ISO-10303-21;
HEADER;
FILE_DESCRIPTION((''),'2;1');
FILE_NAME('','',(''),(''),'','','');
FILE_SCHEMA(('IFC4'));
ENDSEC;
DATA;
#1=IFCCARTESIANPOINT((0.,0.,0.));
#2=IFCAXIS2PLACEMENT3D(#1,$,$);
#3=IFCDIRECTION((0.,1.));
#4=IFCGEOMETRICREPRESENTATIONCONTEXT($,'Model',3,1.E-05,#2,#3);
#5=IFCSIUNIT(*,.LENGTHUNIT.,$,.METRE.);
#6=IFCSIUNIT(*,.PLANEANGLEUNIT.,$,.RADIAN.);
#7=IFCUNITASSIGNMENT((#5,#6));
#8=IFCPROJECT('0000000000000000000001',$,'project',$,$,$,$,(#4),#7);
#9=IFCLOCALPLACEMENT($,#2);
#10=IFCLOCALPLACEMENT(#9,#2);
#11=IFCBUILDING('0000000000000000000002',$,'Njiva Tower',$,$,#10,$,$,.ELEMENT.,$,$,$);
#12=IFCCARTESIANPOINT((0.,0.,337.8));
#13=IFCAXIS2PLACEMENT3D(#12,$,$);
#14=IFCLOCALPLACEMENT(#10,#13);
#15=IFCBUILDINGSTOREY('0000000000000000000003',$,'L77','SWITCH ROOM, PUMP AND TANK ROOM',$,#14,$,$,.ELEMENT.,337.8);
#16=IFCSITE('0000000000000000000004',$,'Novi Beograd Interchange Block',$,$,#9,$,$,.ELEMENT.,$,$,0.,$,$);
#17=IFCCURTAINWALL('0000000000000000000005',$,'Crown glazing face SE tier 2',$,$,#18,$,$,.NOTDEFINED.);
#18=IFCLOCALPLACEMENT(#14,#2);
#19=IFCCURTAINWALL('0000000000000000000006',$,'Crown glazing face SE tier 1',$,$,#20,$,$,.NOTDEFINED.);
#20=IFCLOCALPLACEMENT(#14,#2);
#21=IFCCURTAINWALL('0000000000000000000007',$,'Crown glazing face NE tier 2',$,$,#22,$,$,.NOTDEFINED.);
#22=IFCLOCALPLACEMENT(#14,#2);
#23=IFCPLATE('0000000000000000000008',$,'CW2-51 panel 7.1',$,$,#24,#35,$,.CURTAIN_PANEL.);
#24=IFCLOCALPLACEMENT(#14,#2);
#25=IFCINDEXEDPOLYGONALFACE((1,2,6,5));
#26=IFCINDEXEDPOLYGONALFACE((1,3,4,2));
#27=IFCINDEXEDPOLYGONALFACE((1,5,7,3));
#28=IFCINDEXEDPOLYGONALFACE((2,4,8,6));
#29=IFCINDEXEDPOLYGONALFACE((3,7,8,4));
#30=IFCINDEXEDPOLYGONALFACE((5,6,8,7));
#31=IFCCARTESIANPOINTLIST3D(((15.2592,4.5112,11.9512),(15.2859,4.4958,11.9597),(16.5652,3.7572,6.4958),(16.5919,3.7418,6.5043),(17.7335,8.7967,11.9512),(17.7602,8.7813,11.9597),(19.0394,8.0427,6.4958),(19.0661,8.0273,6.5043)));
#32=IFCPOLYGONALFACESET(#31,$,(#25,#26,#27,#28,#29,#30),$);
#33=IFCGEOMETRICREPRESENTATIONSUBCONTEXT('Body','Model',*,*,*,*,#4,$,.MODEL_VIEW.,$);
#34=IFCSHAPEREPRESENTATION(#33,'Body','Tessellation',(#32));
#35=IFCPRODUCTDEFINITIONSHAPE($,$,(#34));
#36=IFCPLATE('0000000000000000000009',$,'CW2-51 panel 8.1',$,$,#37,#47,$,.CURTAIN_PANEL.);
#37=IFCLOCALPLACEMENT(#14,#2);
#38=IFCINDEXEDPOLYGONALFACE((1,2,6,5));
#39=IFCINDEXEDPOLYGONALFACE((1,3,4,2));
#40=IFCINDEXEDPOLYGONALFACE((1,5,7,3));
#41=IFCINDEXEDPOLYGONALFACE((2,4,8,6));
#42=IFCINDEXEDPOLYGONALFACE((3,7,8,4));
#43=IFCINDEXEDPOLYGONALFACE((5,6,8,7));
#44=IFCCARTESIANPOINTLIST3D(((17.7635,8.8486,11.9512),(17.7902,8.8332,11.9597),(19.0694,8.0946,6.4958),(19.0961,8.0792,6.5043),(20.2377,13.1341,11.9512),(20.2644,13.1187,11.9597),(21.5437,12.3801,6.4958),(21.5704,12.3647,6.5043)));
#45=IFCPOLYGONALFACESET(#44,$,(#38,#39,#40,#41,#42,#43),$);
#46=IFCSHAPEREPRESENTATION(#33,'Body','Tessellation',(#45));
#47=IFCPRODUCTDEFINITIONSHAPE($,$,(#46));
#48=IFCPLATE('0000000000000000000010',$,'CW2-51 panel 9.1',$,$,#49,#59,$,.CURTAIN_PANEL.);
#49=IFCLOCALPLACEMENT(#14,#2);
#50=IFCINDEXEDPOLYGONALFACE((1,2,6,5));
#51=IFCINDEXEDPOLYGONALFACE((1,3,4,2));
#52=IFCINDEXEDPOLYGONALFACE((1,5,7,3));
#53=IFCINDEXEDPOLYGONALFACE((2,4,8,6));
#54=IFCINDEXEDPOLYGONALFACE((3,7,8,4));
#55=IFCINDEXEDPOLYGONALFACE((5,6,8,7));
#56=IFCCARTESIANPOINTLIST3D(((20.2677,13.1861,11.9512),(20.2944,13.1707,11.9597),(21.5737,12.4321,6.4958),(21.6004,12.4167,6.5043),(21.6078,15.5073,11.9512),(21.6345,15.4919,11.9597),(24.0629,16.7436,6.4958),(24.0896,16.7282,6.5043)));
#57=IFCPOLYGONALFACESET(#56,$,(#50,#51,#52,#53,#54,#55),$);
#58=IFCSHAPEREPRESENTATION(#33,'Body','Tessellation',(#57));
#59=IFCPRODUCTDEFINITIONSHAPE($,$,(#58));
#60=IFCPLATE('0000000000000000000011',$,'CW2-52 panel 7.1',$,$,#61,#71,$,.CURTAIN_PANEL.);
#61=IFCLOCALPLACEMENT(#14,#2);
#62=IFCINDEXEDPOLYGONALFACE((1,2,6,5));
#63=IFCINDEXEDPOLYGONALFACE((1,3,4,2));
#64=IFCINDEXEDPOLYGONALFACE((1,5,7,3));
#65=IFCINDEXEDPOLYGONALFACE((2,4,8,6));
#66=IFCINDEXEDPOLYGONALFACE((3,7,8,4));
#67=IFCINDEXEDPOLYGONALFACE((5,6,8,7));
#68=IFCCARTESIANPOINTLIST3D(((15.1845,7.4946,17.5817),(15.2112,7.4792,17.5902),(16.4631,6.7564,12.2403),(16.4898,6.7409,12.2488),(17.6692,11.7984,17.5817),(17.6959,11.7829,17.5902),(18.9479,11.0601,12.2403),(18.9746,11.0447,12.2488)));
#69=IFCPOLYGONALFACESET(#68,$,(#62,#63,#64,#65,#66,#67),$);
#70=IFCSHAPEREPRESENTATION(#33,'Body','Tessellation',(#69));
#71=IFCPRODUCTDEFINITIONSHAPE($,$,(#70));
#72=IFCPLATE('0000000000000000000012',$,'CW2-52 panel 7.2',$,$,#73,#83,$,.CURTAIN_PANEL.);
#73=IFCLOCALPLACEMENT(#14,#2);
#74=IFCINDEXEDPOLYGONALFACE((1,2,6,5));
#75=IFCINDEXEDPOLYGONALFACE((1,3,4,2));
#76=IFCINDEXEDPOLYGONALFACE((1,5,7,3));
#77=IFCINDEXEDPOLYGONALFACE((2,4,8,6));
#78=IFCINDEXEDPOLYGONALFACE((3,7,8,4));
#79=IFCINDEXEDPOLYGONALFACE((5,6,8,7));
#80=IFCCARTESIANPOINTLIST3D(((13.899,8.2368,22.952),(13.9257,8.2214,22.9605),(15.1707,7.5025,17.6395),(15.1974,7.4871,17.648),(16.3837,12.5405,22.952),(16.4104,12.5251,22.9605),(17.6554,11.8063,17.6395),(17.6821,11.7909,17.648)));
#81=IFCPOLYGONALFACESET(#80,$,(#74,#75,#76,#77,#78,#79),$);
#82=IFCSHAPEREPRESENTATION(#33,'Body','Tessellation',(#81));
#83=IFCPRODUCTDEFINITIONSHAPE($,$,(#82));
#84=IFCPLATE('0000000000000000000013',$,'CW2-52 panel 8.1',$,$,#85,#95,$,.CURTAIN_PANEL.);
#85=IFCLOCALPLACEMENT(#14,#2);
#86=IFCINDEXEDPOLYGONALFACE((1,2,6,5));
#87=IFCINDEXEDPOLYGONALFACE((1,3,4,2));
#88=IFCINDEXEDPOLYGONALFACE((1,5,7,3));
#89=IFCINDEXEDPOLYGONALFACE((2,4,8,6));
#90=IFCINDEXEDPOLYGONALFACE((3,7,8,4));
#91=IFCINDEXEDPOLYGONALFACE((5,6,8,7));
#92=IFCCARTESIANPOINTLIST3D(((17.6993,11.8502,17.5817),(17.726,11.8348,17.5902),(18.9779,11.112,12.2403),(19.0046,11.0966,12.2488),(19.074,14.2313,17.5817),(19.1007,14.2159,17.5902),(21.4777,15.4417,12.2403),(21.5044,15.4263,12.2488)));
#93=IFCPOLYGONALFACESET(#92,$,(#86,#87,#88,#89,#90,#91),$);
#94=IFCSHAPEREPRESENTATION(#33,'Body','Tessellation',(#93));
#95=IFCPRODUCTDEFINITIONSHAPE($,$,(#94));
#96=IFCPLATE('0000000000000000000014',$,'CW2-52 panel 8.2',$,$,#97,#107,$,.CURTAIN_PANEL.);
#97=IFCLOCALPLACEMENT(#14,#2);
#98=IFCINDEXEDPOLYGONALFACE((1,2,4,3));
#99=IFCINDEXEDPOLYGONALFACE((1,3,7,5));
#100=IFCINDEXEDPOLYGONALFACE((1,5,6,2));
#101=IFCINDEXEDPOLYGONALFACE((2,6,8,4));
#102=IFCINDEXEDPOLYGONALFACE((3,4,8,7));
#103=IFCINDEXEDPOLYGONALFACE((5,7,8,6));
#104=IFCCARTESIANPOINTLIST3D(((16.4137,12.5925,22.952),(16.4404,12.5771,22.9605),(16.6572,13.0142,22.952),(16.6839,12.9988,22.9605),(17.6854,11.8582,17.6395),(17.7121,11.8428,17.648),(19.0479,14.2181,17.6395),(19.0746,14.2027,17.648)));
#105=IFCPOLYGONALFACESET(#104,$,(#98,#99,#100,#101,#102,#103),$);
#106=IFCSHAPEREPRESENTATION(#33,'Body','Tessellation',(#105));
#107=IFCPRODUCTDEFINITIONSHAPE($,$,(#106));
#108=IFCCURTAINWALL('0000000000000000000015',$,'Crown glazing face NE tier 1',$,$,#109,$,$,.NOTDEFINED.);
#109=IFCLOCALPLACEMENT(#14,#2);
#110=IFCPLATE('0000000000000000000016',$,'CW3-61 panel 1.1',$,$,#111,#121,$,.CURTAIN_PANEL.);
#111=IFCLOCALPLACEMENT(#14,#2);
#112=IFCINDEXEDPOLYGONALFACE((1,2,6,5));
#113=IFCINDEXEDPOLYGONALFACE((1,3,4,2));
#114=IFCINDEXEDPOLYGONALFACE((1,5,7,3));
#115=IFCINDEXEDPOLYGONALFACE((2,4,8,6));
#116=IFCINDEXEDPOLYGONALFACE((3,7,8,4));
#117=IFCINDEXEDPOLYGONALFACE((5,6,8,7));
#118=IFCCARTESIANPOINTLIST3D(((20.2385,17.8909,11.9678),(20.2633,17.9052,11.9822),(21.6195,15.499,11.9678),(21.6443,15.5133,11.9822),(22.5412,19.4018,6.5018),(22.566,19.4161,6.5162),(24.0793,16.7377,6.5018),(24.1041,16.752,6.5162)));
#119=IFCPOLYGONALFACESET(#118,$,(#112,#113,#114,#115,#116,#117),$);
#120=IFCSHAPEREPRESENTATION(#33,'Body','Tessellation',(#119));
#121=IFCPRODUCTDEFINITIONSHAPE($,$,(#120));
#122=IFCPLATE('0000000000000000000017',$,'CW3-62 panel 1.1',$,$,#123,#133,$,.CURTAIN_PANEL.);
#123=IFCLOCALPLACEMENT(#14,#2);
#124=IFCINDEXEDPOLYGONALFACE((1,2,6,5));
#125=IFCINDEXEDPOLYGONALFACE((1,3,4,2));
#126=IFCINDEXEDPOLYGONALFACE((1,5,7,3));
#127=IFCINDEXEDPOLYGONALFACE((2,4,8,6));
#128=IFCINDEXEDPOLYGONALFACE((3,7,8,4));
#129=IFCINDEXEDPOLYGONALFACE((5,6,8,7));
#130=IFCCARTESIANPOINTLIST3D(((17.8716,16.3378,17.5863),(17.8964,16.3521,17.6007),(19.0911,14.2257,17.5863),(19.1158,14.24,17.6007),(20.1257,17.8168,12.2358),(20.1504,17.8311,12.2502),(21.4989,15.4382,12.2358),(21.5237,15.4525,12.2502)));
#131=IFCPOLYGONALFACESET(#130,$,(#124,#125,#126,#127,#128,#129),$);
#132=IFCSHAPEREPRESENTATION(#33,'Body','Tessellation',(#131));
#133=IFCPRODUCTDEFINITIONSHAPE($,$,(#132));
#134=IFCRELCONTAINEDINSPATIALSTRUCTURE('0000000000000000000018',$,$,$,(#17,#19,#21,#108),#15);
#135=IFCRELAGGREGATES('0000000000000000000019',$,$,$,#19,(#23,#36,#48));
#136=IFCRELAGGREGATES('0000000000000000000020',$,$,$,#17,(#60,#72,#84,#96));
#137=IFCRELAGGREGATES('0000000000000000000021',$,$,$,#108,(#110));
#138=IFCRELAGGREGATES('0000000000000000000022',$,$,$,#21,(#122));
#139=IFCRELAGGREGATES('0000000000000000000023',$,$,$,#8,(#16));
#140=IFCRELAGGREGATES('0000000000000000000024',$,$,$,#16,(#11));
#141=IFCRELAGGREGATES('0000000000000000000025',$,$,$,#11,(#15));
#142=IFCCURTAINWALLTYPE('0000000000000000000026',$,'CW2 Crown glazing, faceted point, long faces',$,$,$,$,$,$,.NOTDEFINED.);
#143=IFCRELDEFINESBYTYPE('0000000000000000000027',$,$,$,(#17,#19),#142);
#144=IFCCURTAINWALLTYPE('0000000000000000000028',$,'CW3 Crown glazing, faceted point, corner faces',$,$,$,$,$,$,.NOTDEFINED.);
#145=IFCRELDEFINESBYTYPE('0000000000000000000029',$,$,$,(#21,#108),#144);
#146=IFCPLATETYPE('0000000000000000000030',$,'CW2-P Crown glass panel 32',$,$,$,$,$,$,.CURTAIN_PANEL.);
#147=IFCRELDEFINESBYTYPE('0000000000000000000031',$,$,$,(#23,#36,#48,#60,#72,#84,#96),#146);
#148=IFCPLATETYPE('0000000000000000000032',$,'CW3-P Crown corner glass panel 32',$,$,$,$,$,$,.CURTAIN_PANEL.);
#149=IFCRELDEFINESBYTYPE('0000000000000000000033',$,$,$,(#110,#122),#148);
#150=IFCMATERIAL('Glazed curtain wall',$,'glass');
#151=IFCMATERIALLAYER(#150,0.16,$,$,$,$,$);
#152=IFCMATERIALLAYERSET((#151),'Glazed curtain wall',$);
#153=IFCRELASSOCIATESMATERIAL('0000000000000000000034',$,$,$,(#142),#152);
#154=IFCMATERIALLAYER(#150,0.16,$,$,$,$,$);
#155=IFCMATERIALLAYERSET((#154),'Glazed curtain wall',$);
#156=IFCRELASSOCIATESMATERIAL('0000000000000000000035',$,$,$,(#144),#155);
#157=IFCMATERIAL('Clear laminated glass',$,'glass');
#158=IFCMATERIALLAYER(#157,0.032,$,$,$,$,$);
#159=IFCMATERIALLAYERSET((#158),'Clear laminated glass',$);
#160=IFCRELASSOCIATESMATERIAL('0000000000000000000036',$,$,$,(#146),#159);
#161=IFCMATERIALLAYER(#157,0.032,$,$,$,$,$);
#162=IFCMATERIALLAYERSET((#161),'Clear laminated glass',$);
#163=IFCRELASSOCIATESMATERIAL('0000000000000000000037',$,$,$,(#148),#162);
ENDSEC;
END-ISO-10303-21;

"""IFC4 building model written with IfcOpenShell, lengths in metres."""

from ifc_helpers import new_model, si_unit, direction, frame, origin, place, context, subcontext, project, spatial, polyline, outline, extrude, material, layer, layer_set, type_object, element, aggregate, save


model = new_model("IFC4")

# Units and contexts
model_context = context("Model", 3, precision=1e-05, world=origin(), true_north=direction((0.0, 1.0)))
body_context = subcontext(model_context, "Body", "Model", "MODEL_VIEW")
ifc_project = project(units=[si_unit("LENGTHUNIT", "METRE"), si_unit("PLANEANGLEUNIT", "RADIAN")], contexts=[model_context])

# Site, building, storey
site_placement = place(None, origin())
site = spatial("IfcSite", under=ifc_project, at=site_placement, Name="Novi Beograd Interchange Block", CompositionType="ELEMENT", RefElevation=0.0)
building_placement = place(site_placement, origin())
building = spatial("IfcBuilding", under=site, at=building_placement, Name="Njiva Tower", CompositionType="ELEMENT")
storey_placement = place(building_placement, frame((0.0, 0.0, 337.8)))
storey = spatial("IfcBuildingStorey", under=building, at=storey_placement, Name="L77", Description="SWITCH ROOM, PUMP AND TANK ROOM", CompositionType="ELEMENT", Elevation=337.8)

# Curtain wall
ifc_material_1 = material(Name="Glazed curtain wall", Category="glass")
ifc_layer_1 = layer(ifc_material_1, 0.16)
ifc_layer_set_1 = layer_set([ifc_layer_1], Name="Glazed curtain wall")
curtain_wall_type_1 = type_object("IfcCurtainWallType", Name="CW2 Crown glazing, faceted point, long faces", PredefinedType="NOTDEFINED", material=ifc_layer_set_1)
curtain_wall_1_placement = place(storey_placement, origin())
curtain_wall_1 = element("IfcCurtainWall", 1, at=curtain_wall_1_placement, inside=storey, type_object=curtain_wall_type_1, Name="Crown glazing face SE tier 2", PredefinedType="NOTDEFINED")

# Curtain wall
curtain_wall_2_placement = place(storey_placement, origin())
curtain_wall_2 = element("IfcCurtainWall", 2, at=curtain_wall_2_placement, inside=storey, type_object=curtain_wall_type_1, Name="Crown glazing face SE tier 1", PredefinedType="NOTDEFINED")

# Curtain wall
ifc_layer_2 = layer(ifc_material_1, 0.16)
ifc_layer_set_2 = layer_set([ifc_layer_2], Name="Glazed curtain wall")
curtain_wall_type_2 = type_object("IfcCurtainWallType", Name="CW3 Crown glazing, faceted point, corner faces", PredefinedType="NOTDEFINED", material=ifc_layer_set_2)
curtain_wall_3_placement = place(storey_placement, origin())
curtain_wall_3 = element("IfcCurtainWall", 3, at=curtain_wall_3_placement, inside=storey, type_object=curtain_wall_type_2, Name="Crown glazing face NE tier 2", PredefinedType="NOTDEFINED")

# Plates
ifc_material_2 = material(Name="Clear laminated glass", Category="glass")
ifc_layer_3 = layer(ifc_material_2, 0.032)
ifc_layer_set_3 = layer_set([ifc_layer_3], Name="Clear laminated glass")
plate_type_1 = type_object("IfcPlateType", Name="CW2-P Crown glass panel 32", PredefinedType="CURTAIN_PANEL", material=ifc_layer_set_3)
plate_1_placement = place(storey_placement, frame((19.0661, 8.0273, 6.5043), z_axis=(0.834721, -0.481929, 0.266429), x_axis=(-0.230732, 0.13322, 0.963854)))
plate_1 = element("IfcPlate", 4, at=plate_1_placement, type_object=plate_type_1, Name="CW2-51 panel 7.1", PredefinedType="CURTAIN_PANEL", context=body_context, shape_type="SweptSolid", body=[
    extrude(outline(polyline([(0.0, 0.0), (5.66, 0.0), (5.66, 4.9485), (0.0, 4.9485), (0.0, 0.0)])), origin(), (0.0, 0.0, -1.0), 0.032),
])
plate_2_placement = place(storey_placement, frame((21.5704, 12.3647, 6.5043), z_axis=(0.834721, -0.481929, 0.266429), x_axis=(-0.230736, 0.133212, 0.963854)))
plate_2 = element("IfcPlate", 5, at=plate_2_placement, type_object=plate_type_1, Name="CW2-51 panel 8.1", PredefinedType="CURTAIN_PANEL", context=body_context, shape_type="SweptSolid", body=[
    extrude(outline(polyline([(0.0, 0.0), (5.66, 0.0), (5.66, 4.9485), (0.0, 4.9485), (0.0, 0.0)])), origin(), (0.0, 0.0, -1.0), 0.032),
])
plate_3_placement = place(storey_placement, frame((20.2944, 13.1707, 11.9597), z_axis=(0.834725, -0.481917, 0.266438), x_axis=(0.230744, -0.133217, -0.963852)))
plate_3 = element("IfcPlate", 6, at=plate_3_placement, type_object=plate_type_1, Name="CW2-51 panel 9.1", PredefinedType="CURTAIN_PANEL", context=body_context, shape_type="SweptSolid", body=[
    extrude(outline(polyline([(0.0, 0.0), (5.66, 0.0), (5.66, 4.9785), (0.0, 2.6803), (0.0, 0.0)])), origin(), (0.0, 0.0, -1.0), 0.032),
])
aggregate(curtain_wall_2, [plate_1, plate_2, plate_3])
plate_4_placement = place(storey_placement, frame((18.9746, 11.0447, 12.2488), z_axis=(0.834724, -0.481924, 0.266428), x_axis=(-0.230734, 0.133214, 0.963855)))
plate_4 = element("IfcPlate", 7, at=plate_4_placement, type_object=plate_type_1, Name="CW2-52 panel 7.1", PredefinedType="CURTAIN_PANEL", context=body_context, shape_type="SweptSolid", body=[
    extrude(outline(polyline([(0.0, 0.0), (5.5417, 0.0), (5.5417, 4.9695), (0.0, 4.9696), (0.0, 0.0)])), origin(), (0.0, 0.0, -1.0), 0.032),
])
plate_5_placement = place(storey_placement, frame((17.6821, 11.7909, 17.648), z_axis=(0.83473, -0.481918, 0.266423), x_axis=(-0.230731, 0.133209, 0.963856)))
plate_5 = element("IfcPlate", 8, at=plate_5_placement, type_object=plate_type_1, Name="CW2-52 panel 7.2", PredefinedType="CURTAIN_PANEL", context=body_context, shape_type="SweptSolid", body=[
    extrude(outline(polyline([(0.0, 0.0), (5.5117, 0.0), (5.5117, 4.9695), (0.0, 4.9696), (0.0, 0.0)])), origin(), (0.0, 0.0, -1.0), 0.032),
])
plate_6_placement = place(storey_placement, frame((19.1007, 14.2159, 17.5902), z_axis=(0.834723, -0.48193, 0.266422), x_axis=(-0.500001, -0.866025, -0.000003)))
plate_6 = element("IfcPlate", 9, at=plate_6_placement, type_object=plate_type_1, Name="CW2-52 panel 8.1", PredefinedType="CURTAIN_PANEL", context=body_context, shape_type="SweptSolid", body=[
    extrude(outline(polyline([(0.0, 0.0), (2.7494, 0.0), (2.7495, 5.5417), (-2.2501, 5.5417), (0.0, 0.0)])), origin(), (0.0, 0.0, -1.0), 0.032),
])
plate_7_placement = place(storey_placement, frame((16.6839, 12.9988, 22.9605), z_axis=(0.834718, -0.481938, 0.266424), x_axis=(-0.500013, -0.866018, 0.000011)))
plate_7 = element("IfcPlate", 10, at=plate_7_placement, type_object=plate_type_1, Name="CW2-52 panel 8.2", PredefinedType="CURTAIN_PANEL", context=body_context, shape_type="SweptSolid", body=[
    extrude(outline(polyline([(0.0, 0.0), (0.487, 0.0), (0.4869, 5.5117), (-2.238, 5.5117), (0.0, 0.0)])), origin(), (0.0, 0.0, -1.0), 0.032),
])
aggregate(curtain_wall_1, [plate_4, plate_5, plate_6, plate_7])

# Curtain wall, plate
curtain_wall_4_placement = place(storey_placement, origin())
curtain_wall_4 = element("IfcCurtainWall", 11, at=curtain_wall_4_placement, inside=storey, type_object=curtain_wall_type_2, Name="Crown glazing face NE tier 1", PredefinedType="NOTDEFINED")
ifc_layer_4 = layer(ifc_material_2, 0.032)
ifc_layer_set_4 = layer_set([ifc_layer_4], Name="Clear laminated glass")
plate_type_2 = type_object("IfcPlateType", Name="CW3-P Crown corner glass panel 32", PredefinedType="CURTAIN_PANEL", material=ifc_layer_set_4)
plate_8_placement = place(storey_placement, frame((24.1041, 16.752, 6.5162), z_axis=(0.773652, 0.446671, 0.449386), x_axis=(-0.500001, 0.866025, -0.000003)))
plate_8 = element("IfcPlate", 12, at=plate_8_placement, type_object=plate_type_2, Name="CW3-61 panel 1.1", PredefinedType="CURTAIN_PANEL", context=body_context, shape_type="SweptSolid", body=[
    extrude(outline(polyline([(0.0, 0.0), (3.0762, 0.0), (2.9191, 6.1186), (0.1571, 6.1186), (0.0, 0.0)])), origin(), (0.0, 0.0, -1.0), 0.032),
])
aggregate(curtain_wall_4, [plate_8])

# Plate
plate_9_placement = place(storey_placement, frame((17.8964, 16.3521, 17.6007), z_axis=(0.773653, 0.446668, 0.449388), x_axis=(0.499998, -0.866027, 0.000003)))
plate_9 = element("IfcPlate", 13, at=plate_9_placement, type_object=plate_type_2, Name="CW3-62 panel 1.1", PredefinedType="CURTAIN_PANEL", context=body_context, shape_type="SweptSolid", body=[
    extrude(outline(polyline([(0.0, 0.0), (2.4388, 0.0), (2.5927, 5.9893), (-0.1539, 5.9893), (0.0, 0.0)])), origin(), (0.0, 0.0, -1.0), 0.032),
])
aggregate(curtain_wall_3, [plate_9])

save(model, "model.ifc")
